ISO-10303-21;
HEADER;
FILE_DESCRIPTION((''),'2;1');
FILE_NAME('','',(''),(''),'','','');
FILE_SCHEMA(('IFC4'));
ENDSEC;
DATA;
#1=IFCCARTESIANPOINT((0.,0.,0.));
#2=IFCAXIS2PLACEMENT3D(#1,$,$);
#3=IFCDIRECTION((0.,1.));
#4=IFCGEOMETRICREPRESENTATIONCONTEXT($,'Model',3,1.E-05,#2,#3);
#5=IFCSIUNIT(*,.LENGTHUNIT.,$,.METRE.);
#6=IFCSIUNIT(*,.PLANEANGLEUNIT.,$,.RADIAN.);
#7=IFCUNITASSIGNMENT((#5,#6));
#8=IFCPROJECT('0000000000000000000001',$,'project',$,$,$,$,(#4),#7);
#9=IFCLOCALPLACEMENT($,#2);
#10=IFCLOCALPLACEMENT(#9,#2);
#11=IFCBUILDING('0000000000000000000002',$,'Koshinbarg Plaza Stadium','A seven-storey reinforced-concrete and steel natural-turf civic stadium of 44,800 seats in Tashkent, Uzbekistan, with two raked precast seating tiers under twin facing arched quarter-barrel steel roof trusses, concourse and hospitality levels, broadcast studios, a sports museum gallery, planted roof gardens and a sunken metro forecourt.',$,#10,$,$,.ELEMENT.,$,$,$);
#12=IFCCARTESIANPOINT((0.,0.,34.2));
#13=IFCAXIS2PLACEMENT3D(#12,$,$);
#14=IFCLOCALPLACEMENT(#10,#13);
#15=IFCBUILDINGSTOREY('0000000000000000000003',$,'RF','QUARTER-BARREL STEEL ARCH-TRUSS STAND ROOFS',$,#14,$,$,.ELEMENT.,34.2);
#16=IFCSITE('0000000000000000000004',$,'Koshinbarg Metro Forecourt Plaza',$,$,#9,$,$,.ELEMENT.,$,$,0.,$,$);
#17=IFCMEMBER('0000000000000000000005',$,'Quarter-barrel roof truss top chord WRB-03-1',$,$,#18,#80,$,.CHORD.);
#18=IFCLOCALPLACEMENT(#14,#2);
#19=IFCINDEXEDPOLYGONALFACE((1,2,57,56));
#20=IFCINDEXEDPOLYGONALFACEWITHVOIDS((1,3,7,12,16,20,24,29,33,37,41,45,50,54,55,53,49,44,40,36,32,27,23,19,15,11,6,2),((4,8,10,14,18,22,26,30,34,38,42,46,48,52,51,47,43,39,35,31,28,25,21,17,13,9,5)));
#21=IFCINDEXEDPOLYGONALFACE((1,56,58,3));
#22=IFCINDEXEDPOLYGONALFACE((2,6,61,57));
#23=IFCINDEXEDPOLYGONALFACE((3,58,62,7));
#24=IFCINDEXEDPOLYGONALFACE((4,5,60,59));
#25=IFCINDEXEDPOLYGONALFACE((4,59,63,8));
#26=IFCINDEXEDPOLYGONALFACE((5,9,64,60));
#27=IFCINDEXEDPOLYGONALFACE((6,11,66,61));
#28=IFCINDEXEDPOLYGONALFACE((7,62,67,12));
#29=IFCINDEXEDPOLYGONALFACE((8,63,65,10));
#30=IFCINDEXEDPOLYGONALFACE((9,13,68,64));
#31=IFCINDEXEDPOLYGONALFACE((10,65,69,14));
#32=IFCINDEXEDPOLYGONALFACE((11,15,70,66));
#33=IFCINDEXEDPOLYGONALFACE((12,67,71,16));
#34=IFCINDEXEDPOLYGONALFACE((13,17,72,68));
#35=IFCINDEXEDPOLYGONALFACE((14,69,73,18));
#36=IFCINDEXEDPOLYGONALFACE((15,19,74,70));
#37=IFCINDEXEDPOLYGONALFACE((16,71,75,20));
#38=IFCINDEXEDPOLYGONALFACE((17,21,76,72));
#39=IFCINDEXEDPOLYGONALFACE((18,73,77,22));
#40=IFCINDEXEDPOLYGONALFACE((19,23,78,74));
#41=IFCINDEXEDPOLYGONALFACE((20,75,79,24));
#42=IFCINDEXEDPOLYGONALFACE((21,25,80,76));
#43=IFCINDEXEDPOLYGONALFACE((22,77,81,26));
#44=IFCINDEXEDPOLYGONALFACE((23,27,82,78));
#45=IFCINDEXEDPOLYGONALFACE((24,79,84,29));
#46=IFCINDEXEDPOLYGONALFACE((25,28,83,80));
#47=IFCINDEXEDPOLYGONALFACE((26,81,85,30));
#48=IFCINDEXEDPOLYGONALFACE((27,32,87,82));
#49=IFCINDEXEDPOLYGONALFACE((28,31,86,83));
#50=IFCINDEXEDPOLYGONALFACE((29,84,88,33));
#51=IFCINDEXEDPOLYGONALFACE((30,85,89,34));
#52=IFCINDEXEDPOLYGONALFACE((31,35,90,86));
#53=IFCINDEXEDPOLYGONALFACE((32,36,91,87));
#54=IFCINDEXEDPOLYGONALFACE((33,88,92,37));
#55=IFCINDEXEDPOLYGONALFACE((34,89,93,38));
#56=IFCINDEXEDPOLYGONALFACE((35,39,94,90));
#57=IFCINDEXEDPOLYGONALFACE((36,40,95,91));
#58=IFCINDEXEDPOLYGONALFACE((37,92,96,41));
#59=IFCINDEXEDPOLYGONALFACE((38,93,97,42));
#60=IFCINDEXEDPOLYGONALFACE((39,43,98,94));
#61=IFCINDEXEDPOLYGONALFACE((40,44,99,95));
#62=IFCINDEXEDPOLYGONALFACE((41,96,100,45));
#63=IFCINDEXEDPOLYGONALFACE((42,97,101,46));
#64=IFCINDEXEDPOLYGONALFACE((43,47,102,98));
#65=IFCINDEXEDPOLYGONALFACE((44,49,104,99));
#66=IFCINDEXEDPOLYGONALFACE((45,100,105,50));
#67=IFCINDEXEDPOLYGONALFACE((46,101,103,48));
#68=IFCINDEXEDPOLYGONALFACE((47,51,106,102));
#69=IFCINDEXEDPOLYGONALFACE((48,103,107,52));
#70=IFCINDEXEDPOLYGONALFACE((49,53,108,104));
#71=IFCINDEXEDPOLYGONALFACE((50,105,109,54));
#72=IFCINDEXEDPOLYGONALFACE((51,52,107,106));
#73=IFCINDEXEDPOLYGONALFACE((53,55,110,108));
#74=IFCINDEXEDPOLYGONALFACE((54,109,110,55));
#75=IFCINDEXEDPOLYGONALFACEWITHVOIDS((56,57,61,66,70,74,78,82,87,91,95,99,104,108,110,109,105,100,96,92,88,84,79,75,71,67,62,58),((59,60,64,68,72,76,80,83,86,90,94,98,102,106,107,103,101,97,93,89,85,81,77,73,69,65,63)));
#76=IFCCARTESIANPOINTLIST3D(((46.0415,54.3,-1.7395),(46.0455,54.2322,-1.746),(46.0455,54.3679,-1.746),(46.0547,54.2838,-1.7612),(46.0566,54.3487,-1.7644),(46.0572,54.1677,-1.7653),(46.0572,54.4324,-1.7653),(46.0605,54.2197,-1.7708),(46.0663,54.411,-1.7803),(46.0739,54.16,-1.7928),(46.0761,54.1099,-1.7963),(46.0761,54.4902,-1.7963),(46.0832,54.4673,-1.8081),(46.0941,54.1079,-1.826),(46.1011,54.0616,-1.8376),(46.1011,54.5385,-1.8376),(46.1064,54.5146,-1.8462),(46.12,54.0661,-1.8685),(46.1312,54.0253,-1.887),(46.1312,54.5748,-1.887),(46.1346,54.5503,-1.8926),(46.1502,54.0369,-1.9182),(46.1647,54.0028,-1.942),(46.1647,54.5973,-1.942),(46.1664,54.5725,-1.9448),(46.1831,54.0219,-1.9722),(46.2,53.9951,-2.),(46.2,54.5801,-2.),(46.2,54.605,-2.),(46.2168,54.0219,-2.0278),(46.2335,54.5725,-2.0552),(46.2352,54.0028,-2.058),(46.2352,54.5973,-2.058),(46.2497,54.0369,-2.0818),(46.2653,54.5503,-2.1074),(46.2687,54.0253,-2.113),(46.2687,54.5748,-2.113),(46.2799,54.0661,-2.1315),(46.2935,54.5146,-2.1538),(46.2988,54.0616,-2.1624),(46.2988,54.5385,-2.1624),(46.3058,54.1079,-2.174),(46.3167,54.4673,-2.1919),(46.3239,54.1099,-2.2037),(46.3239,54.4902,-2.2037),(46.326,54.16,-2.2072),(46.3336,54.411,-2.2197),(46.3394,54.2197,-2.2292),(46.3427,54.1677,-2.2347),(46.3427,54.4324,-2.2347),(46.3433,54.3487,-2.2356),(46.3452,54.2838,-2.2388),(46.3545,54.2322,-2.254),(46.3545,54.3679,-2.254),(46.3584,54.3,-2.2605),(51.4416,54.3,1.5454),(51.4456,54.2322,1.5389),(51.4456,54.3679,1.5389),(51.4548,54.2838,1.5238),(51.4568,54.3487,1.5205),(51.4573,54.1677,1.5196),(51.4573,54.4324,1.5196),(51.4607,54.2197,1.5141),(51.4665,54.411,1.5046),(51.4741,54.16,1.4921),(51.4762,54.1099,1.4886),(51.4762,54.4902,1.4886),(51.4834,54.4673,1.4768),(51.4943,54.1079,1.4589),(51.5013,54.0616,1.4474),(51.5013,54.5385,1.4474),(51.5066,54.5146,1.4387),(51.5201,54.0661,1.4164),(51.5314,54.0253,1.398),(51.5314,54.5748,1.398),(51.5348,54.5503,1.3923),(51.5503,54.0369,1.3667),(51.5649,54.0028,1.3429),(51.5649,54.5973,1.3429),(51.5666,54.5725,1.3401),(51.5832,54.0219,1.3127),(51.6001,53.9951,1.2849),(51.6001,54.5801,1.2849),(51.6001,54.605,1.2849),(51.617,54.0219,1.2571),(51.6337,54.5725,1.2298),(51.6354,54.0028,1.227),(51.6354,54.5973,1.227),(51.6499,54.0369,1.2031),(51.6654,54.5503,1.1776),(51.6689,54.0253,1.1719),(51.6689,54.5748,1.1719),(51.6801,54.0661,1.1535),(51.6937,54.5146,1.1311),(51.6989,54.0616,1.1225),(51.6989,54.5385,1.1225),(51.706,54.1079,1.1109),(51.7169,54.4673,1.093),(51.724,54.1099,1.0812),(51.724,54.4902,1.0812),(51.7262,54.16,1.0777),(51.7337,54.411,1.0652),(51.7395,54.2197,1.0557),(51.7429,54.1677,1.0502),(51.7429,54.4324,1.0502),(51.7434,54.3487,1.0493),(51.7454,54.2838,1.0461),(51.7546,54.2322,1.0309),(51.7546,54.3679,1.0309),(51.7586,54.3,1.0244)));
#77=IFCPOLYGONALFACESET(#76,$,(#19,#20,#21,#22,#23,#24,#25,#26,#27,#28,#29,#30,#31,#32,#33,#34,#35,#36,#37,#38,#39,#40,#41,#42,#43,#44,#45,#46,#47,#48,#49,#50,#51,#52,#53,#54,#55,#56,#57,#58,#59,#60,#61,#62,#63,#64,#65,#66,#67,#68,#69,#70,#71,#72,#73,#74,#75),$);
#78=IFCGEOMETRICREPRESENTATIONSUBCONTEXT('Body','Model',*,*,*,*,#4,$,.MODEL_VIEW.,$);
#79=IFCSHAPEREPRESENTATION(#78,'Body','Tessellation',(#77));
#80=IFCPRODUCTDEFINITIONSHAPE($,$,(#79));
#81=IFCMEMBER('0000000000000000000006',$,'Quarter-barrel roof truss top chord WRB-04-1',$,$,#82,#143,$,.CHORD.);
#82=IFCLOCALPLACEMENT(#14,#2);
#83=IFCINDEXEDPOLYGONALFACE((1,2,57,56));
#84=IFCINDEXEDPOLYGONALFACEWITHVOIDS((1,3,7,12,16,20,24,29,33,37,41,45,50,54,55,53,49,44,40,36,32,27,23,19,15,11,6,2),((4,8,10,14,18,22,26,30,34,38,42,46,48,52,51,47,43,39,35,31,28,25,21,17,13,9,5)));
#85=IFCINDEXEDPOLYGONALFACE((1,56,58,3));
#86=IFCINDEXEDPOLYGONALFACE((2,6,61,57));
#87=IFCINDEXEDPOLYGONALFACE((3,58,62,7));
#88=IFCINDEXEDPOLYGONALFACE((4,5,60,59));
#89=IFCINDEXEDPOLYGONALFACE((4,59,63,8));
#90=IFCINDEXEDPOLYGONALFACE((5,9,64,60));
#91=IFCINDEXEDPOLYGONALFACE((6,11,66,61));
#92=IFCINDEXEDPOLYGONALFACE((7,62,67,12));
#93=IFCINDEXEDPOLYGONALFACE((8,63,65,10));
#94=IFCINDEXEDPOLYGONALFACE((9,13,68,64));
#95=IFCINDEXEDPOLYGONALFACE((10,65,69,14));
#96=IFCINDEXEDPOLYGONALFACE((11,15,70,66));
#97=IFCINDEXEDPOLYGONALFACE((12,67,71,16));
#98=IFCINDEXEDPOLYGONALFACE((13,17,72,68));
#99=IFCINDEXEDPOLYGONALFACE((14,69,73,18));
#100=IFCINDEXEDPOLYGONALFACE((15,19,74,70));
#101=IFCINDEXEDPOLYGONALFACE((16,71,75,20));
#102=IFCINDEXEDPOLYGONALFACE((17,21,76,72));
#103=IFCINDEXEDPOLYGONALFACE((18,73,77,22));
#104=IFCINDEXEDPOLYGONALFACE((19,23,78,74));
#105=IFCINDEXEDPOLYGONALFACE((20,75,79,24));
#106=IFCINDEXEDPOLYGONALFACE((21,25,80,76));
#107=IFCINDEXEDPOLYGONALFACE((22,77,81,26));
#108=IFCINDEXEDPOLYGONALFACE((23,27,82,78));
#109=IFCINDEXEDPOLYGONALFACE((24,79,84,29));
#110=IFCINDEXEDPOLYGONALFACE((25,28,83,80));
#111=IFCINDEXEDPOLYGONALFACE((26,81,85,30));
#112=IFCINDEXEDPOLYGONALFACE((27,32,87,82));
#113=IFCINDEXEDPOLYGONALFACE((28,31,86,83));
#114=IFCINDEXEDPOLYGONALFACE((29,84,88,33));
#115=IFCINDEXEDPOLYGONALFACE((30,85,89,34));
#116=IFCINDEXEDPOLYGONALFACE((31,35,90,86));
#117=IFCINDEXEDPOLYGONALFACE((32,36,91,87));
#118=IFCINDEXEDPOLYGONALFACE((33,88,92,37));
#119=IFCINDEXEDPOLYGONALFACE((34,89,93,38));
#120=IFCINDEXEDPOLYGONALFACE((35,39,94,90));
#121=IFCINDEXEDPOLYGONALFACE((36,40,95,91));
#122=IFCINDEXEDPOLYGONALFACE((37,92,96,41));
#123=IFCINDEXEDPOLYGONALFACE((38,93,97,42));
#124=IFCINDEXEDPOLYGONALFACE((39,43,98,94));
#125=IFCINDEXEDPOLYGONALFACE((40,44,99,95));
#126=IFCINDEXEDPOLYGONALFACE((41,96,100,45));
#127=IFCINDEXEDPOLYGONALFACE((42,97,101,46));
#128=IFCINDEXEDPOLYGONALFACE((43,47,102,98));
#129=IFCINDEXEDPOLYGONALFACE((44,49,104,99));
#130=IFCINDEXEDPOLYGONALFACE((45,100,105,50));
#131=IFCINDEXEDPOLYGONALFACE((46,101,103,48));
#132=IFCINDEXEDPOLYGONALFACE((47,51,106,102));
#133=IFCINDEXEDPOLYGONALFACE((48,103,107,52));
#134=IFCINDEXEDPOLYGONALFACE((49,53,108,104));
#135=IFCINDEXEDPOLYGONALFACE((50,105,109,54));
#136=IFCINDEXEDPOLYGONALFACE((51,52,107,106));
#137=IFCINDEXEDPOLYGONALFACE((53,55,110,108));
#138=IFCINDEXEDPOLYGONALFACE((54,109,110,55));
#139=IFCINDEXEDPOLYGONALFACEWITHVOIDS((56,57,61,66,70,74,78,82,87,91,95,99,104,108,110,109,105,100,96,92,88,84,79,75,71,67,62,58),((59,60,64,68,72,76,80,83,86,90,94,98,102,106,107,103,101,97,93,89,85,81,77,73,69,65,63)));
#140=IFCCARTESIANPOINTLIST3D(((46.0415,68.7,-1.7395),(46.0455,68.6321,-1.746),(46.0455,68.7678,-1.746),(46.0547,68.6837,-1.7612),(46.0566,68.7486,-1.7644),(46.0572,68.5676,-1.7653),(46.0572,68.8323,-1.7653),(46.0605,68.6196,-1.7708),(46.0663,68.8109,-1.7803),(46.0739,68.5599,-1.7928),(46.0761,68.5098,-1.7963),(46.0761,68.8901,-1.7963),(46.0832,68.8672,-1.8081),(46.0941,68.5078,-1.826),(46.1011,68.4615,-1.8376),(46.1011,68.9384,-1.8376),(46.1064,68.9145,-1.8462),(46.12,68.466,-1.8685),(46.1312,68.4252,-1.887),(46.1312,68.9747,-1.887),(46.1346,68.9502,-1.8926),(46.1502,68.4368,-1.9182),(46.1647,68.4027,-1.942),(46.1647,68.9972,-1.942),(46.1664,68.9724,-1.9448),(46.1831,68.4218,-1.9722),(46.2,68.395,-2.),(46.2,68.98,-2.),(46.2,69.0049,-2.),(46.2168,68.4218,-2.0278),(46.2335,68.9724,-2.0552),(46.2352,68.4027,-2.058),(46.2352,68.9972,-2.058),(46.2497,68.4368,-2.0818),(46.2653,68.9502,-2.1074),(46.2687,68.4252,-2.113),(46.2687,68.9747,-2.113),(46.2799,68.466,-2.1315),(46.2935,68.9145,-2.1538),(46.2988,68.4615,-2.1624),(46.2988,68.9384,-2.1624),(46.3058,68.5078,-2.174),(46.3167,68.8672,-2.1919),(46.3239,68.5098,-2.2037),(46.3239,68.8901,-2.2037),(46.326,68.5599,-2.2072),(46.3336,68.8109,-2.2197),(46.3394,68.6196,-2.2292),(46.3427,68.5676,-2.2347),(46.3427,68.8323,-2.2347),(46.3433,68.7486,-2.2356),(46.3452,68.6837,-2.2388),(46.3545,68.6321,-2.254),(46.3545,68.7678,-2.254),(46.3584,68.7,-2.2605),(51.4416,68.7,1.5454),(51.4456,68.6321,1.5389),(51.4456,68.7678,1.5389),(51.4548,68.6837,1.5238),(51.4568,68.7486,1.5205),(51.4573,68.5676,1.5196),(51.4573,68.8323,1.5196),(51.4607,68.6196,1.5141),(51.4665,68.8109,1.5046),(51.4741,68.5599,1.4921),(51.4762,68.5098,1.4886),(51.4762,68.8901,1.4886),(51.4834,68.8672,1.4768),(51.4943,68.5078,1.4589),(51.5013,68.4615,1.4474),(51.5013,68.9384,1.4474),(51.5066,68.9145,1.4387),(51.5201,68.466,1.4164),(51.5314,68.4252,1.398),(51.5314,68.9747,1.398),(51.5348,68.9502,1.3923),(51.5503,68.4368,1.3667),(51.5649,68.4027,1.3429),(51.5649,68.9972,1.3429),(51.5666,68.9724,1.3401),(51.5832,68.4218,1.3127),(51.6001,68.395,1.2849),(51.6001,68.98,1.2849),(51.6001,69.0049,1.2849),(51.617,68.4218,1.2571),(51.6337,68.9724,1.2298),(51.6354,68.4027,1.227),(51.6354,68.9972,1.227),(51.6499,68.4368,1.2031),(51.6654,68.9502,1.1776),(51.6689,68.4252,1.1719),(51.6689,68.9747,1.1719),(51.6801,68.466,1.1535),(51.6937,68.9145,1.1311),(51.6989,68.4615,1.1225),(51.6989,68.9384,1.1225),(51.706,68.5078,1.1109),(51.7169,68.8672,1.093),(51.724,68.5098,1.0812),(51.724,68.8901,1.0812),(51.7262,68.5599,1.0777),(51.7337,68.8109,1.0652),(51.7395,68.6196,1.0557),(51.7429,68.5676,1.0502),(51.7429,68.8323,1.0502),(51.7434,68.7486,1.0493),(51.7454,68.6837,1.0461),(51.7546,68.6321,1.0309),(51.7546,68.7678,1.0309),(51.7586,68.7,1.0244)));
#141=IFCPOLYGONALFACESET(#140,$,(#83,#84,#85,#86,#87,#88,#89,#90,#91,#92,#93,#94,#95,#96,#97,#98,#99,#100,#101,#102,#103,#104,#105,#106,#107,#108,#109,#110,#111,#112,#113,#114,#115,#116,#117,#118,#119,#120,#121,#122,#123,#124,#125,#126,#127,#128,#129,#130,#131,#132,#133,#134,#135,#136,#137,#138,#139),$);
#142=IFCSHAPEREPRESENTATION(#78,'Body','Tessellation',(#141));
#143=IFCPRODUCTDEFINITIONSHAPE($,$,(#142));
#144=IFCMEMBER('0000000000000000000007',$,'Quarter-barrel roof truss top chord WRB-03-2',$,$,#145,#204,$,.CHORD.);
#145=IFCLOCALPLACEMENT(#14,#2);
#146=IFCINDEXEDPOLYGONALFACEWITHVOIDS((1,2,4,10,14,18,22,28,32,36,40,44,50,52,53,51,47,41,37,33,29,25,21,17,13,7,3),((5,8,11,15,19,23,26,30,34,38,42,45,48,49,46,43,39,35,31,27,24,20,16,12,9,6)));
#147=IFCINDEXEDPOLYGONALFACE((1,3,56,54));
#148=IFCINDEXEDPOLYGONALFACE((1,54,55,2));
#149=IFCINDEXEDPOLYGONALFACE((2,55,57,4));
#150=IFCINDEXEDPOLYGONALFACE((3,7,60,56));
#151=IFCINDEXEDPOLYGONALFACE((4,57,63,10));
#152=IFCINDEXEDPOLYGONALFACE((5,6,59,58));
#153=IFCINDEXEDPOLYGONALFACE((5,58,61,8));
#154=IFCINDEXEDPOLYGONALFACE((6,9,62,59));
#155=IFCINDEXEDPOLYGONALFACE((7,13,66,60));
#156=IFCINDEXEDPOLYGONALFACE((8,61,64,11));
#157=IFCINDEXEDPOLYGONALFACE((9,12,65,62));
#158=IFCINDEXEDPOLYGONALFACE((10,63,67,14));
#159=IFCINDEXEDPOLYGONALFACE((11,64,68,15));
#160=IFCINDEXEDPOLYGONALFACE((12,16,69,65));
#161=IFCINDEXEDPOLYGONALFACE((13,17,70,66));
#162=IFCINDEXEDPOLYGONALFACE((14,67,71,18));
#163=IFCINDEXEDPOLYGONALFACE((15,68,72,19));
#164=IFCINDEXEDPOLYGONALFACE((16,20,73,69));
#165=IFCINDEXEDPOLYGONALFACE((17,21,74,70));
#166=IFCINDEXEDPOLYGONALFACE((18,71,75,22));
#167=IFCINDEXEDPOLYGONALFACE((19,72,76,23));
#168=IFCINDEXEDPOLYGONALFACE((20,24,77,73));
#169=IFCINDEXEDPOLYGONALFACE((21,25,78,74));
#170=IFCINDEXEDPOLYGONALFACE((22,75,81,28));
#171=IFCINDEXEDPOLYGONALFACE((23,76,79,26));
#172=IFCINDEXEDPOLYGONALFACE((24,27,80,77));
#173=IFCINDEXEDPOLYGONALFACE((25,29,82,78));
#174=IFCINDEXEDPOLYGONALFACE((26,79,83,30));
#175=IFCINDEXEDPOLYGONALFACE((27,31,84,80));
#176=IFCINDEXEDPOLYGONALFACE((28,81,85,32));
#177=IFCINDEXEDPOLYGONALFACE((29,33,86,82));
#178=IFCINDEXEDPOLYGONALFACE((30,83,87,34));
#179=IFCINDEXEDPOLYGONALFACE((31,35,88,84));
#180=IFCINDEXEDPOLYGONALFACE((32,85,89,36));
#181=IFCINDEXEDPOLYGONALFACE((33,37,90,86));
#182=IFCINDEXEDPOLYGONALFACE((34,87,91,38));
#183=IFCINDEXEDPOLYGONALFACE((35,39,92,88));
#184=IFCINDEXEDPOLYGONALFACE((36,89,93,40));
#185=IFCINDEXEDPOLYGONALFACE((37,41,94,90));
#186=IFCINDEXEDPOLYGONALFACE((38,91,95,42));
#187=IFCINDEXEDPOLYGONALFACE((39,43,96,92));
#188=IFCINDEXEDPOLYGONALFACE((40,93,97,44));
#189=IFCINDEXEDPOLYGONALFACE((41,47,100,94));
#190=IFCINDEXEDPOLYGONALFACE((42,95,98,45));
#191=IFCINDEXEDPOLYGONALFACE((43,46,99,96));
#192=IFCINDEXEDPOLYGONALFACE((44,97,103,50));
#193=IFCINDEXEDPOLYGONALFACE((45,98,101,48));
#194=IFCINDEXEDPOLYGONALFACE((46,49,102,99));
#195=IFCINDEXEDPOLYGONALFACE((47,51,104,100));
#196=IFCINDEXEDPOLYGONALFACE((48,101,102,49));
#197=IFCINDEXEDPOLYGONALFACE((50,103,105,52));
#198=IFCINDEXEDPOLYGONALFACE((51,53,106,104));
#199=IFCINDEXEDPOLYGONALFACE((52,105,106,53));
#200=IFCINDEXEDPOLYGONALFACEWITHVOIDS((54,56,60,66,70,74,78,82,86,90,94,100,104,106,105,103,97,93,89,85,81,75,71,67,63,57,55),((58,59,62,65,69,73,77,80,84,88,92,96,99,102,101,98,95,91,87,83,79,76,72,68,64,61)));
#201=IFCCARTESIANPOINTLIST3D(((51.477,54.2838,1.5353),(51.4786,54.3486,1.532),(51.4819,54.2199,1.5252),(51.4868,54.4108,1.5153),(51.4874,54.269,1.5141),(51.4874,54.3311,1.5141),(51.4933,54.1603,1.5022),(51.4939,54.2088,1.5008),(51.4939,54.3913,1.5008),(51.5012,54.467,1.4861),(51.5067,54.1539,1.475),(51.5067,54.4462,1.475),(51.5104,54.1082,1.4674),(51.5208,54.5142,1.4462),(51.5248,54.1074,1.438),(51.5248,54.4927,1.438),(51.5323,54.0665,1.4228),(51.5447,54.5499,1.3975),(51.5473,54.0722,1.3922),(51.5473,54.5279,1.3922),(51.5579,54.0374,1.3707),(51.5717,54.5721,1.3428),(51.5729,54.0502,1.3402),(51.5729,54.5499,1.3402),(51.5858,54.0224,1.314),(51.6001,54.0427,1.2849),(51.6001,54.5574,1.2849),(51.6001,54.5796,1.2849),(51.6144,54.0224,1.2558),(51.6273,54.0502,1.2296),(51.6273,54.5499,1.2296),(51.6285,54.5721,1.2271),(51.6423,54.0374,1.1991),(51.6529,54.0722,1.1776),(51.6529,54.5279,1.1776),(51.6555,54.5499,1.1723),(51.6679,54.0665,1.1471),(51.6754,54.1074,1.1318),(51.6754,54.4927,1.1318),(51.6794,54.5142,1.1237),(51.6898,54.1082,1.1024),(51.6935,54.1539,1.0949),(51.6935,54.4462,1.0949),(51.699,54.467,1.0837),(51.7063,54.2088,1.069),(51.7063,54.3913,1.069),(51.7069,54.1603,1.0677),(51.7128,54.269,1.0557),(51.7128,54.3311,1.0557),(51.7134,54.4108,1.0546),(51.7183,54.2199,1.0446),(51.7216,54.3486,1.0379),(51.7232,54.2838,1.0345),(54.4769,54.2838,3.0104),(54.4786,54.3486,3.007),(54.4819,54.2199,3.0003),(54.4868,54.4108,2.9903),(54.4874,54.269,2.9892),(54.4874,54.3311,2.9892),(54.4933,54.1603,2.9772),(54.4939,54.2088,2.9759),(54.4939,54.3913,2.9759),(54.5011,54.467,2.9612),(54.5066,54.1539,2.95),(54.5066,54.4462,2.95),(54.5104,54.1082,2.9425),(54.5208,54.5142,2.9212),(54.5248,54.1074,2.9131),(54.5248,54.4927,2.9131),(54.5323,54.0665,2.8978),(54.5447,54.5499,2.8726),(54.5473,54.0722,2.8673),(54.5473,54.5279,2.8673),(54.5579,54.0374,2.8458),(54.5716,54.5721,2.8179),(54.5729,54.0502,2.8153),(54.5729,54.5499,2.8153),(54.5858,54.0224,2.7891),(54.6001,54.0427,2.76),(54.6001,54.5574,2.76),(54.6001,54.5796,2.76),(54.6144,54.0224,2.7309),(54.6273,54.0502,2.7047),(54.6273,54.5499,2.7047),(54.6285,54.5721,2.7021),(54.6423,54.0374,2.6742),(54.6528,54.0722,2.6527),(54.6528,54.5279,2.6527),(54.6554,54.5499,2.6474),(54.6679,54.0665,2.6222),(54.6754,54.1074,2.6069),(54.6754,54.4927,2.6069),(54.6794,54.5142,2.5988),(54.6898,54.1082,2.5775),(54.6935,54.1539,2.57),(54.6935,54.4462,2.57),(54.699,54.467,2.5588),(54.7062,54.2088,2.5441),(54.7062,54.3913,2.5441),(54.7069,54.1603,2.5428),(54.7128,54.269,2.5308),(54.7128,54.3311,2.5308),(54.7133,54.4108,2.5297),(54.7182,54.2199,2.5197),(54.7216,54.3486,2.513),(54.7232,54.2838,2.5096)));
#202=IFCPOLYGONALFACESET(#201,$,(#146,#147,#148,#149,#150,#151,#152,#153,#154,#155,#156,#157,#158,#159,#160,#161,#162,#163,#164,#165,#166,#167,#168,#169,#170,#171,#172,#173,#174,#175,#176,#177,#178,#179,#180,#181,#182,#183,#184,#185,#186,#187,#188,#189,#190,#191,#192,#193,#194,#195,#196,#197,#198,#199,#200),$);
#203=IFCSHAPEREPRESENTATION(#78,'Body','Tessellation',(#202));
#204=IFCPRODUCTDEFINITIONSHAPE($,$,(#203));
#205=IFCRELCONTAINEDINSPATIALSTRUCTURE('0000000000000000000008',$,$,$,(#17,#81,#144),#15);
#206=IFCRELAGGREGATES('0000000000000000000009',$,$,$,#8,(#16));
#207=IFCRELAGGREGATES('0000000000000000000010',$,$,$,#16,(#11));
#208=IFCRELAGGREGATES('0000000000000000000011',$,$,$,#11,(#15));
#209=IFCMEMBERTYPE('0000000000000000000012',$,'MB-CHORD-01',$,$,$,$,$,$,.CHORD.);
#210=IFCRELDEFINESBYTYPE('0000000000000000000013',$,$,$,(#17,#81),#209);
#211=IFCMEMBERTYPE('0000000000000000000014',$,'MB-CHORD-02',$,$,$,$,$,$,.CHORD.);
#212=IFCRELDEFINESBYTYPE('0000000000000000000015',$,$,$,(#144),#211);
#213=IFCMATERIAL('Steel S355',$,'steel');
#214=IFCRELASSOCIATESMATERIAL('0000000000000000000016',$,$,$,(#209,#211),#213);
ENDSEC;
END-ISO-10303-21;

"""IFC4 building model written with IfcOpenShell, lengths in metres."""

from ifc_helpers import new_model, si_unit, direction, frame, origin, origin_2d, place, context, subcontext, project, spatial, hollow_circle, extrude, material, material_profile, profile_set, type_object, element, save


model = new_model("IFC4")

# Units and contexts
model_context = context("Model", 3, precision=1e-05, world=origin(), true_north=direction((0.0, 1.0)))
body_context = subcontext(model_context, "Body", "Model", "MODEL_VIEW")
ifc_project = project(units=[si_unit("LENGTHUNIT", "METRE"), si_unit("PLANEANGLEUNIT", "RADIAN")], contexts=[model_context])

# Site, building, storey
site_placement = place(None, origin())
site = spatial("IfcSite", under=ifc_project, at=site_placement, Name="Koshinbarg Metro Forecourt Plaza", CompositionType="ELEMENT", RefElevation=0.0)
building_placement = place(site_placement, origin())
building = spatial("IfcBuilding", under=site, at=building_placement, Name="Koshinbarg Plaza Stadium", Description="A seven-storey reinforced-concrete and steel natural-turf civic stadium of 44,800 seats in Tashkent, Uzbekistan, with two raked precast seating tiers under twin facing arched quarter-barrel steel roof trusses, concourse and hospitality levels, broadcast studios, a sports museum gallery, planted roof gardens and a sunken metro forecourt.", CompositionType="ELEMENT")
storey_placement = place(building_placement, frame((0.0, 0.0, 34.2)))
storey = spatial("IfcBuildingStorey", under=building, at=storey_placement, Name="RF", Description="QUARTER-BARREL STEEL ARCH-TRUSS STAND ROOFS", CompositionType="ELEMENT", Elevation=34.2)

# Shared definitions
ifc_material_1 = material(Name="Steel S355", Category="steel")

# Members
ifc_material_profile_1 = material_profile(ifc_material_1, hollow_circle(Radius=0.3049, WallThickness=0.0249, at=origin_2d()), Name="CHS 610x25")
ifc_profile_set_1 = profile_set([ifc_material_profile_1], Name="Steel S355")
member_type_1 = type_object("IfcMemberType", Name="MB-CHORD-01", PredefinedType="CHORD", material=ifc_profile_set_1)
for number, where, z_axis, x_axis, name in (
    (1, (46.2, 54.3, -2.0), (0.854348, 0.0, 0.519701), (0.0, 1.0, 0.0), "Quarter-barrel roof truss top chord WRB-03-1"),
    (2, (46.2, 68.7, -2.0), (0.854348, 0.0, 0.519701), (0.0, 1.0, 0.0), "Quarter-barrel roof truss top chord WRB-04-1"),
):
    element("IfcMember", number, at=place(storey_placement, frame(where, z_axis=z_axis, x_axis=x_axis)), inside=storey, type_object=member_type_1, Name=name, PredefinedType="CHORD", context=body_context, shape_type="SweptSolid", body=[
        extrude(hollow_circle(Radius=0.3049, WallThickness=0.0249, at=origin_2d()), origin(), (0.0, 0.0, 1.0), 6.3208),
    ])
ifc_material_profile_2 = material_profile(ifc_material_1, hollow_circle(Radius=0.2795, WallThickness=0.0222, at=origin_2d()), Name="CHS 559x22.2")
ifc_profile_set_2 = profile_set([ifc_material_profile_2], Name="Steel S355")
member_type_2 = type_object("IfcMemberType", Name="MB-CHORD-02", PredefinedType="CHORD", material=ifc_profile_set_2)
for number, where, z_axis, x_axis, name in (
    (3, (51.6001, 54.3, 1.2849), (0.897387, 0.0, 0.441244), (0.0, 1.0, 0.0), "Quarter-barrel roof truss top chord WRB-03-2"),
):
    element("IfcMember", number, at=place(storey_placement, frame(where, z_axis=z_axis, x_axis=x_axis)), inside=storey, type_object=member_type_2, Name=name, PredefinedType="CHORD", context=body_context, shape_type="SweptSolid", body=[
        extrude(hollow_circle(Radius=0.2795, WallThickness=0.0222, at=origin_2d()), origin(), (0.0, 0.0, 1.0), 3.343),
    ])

save(model, "model.ifc")
